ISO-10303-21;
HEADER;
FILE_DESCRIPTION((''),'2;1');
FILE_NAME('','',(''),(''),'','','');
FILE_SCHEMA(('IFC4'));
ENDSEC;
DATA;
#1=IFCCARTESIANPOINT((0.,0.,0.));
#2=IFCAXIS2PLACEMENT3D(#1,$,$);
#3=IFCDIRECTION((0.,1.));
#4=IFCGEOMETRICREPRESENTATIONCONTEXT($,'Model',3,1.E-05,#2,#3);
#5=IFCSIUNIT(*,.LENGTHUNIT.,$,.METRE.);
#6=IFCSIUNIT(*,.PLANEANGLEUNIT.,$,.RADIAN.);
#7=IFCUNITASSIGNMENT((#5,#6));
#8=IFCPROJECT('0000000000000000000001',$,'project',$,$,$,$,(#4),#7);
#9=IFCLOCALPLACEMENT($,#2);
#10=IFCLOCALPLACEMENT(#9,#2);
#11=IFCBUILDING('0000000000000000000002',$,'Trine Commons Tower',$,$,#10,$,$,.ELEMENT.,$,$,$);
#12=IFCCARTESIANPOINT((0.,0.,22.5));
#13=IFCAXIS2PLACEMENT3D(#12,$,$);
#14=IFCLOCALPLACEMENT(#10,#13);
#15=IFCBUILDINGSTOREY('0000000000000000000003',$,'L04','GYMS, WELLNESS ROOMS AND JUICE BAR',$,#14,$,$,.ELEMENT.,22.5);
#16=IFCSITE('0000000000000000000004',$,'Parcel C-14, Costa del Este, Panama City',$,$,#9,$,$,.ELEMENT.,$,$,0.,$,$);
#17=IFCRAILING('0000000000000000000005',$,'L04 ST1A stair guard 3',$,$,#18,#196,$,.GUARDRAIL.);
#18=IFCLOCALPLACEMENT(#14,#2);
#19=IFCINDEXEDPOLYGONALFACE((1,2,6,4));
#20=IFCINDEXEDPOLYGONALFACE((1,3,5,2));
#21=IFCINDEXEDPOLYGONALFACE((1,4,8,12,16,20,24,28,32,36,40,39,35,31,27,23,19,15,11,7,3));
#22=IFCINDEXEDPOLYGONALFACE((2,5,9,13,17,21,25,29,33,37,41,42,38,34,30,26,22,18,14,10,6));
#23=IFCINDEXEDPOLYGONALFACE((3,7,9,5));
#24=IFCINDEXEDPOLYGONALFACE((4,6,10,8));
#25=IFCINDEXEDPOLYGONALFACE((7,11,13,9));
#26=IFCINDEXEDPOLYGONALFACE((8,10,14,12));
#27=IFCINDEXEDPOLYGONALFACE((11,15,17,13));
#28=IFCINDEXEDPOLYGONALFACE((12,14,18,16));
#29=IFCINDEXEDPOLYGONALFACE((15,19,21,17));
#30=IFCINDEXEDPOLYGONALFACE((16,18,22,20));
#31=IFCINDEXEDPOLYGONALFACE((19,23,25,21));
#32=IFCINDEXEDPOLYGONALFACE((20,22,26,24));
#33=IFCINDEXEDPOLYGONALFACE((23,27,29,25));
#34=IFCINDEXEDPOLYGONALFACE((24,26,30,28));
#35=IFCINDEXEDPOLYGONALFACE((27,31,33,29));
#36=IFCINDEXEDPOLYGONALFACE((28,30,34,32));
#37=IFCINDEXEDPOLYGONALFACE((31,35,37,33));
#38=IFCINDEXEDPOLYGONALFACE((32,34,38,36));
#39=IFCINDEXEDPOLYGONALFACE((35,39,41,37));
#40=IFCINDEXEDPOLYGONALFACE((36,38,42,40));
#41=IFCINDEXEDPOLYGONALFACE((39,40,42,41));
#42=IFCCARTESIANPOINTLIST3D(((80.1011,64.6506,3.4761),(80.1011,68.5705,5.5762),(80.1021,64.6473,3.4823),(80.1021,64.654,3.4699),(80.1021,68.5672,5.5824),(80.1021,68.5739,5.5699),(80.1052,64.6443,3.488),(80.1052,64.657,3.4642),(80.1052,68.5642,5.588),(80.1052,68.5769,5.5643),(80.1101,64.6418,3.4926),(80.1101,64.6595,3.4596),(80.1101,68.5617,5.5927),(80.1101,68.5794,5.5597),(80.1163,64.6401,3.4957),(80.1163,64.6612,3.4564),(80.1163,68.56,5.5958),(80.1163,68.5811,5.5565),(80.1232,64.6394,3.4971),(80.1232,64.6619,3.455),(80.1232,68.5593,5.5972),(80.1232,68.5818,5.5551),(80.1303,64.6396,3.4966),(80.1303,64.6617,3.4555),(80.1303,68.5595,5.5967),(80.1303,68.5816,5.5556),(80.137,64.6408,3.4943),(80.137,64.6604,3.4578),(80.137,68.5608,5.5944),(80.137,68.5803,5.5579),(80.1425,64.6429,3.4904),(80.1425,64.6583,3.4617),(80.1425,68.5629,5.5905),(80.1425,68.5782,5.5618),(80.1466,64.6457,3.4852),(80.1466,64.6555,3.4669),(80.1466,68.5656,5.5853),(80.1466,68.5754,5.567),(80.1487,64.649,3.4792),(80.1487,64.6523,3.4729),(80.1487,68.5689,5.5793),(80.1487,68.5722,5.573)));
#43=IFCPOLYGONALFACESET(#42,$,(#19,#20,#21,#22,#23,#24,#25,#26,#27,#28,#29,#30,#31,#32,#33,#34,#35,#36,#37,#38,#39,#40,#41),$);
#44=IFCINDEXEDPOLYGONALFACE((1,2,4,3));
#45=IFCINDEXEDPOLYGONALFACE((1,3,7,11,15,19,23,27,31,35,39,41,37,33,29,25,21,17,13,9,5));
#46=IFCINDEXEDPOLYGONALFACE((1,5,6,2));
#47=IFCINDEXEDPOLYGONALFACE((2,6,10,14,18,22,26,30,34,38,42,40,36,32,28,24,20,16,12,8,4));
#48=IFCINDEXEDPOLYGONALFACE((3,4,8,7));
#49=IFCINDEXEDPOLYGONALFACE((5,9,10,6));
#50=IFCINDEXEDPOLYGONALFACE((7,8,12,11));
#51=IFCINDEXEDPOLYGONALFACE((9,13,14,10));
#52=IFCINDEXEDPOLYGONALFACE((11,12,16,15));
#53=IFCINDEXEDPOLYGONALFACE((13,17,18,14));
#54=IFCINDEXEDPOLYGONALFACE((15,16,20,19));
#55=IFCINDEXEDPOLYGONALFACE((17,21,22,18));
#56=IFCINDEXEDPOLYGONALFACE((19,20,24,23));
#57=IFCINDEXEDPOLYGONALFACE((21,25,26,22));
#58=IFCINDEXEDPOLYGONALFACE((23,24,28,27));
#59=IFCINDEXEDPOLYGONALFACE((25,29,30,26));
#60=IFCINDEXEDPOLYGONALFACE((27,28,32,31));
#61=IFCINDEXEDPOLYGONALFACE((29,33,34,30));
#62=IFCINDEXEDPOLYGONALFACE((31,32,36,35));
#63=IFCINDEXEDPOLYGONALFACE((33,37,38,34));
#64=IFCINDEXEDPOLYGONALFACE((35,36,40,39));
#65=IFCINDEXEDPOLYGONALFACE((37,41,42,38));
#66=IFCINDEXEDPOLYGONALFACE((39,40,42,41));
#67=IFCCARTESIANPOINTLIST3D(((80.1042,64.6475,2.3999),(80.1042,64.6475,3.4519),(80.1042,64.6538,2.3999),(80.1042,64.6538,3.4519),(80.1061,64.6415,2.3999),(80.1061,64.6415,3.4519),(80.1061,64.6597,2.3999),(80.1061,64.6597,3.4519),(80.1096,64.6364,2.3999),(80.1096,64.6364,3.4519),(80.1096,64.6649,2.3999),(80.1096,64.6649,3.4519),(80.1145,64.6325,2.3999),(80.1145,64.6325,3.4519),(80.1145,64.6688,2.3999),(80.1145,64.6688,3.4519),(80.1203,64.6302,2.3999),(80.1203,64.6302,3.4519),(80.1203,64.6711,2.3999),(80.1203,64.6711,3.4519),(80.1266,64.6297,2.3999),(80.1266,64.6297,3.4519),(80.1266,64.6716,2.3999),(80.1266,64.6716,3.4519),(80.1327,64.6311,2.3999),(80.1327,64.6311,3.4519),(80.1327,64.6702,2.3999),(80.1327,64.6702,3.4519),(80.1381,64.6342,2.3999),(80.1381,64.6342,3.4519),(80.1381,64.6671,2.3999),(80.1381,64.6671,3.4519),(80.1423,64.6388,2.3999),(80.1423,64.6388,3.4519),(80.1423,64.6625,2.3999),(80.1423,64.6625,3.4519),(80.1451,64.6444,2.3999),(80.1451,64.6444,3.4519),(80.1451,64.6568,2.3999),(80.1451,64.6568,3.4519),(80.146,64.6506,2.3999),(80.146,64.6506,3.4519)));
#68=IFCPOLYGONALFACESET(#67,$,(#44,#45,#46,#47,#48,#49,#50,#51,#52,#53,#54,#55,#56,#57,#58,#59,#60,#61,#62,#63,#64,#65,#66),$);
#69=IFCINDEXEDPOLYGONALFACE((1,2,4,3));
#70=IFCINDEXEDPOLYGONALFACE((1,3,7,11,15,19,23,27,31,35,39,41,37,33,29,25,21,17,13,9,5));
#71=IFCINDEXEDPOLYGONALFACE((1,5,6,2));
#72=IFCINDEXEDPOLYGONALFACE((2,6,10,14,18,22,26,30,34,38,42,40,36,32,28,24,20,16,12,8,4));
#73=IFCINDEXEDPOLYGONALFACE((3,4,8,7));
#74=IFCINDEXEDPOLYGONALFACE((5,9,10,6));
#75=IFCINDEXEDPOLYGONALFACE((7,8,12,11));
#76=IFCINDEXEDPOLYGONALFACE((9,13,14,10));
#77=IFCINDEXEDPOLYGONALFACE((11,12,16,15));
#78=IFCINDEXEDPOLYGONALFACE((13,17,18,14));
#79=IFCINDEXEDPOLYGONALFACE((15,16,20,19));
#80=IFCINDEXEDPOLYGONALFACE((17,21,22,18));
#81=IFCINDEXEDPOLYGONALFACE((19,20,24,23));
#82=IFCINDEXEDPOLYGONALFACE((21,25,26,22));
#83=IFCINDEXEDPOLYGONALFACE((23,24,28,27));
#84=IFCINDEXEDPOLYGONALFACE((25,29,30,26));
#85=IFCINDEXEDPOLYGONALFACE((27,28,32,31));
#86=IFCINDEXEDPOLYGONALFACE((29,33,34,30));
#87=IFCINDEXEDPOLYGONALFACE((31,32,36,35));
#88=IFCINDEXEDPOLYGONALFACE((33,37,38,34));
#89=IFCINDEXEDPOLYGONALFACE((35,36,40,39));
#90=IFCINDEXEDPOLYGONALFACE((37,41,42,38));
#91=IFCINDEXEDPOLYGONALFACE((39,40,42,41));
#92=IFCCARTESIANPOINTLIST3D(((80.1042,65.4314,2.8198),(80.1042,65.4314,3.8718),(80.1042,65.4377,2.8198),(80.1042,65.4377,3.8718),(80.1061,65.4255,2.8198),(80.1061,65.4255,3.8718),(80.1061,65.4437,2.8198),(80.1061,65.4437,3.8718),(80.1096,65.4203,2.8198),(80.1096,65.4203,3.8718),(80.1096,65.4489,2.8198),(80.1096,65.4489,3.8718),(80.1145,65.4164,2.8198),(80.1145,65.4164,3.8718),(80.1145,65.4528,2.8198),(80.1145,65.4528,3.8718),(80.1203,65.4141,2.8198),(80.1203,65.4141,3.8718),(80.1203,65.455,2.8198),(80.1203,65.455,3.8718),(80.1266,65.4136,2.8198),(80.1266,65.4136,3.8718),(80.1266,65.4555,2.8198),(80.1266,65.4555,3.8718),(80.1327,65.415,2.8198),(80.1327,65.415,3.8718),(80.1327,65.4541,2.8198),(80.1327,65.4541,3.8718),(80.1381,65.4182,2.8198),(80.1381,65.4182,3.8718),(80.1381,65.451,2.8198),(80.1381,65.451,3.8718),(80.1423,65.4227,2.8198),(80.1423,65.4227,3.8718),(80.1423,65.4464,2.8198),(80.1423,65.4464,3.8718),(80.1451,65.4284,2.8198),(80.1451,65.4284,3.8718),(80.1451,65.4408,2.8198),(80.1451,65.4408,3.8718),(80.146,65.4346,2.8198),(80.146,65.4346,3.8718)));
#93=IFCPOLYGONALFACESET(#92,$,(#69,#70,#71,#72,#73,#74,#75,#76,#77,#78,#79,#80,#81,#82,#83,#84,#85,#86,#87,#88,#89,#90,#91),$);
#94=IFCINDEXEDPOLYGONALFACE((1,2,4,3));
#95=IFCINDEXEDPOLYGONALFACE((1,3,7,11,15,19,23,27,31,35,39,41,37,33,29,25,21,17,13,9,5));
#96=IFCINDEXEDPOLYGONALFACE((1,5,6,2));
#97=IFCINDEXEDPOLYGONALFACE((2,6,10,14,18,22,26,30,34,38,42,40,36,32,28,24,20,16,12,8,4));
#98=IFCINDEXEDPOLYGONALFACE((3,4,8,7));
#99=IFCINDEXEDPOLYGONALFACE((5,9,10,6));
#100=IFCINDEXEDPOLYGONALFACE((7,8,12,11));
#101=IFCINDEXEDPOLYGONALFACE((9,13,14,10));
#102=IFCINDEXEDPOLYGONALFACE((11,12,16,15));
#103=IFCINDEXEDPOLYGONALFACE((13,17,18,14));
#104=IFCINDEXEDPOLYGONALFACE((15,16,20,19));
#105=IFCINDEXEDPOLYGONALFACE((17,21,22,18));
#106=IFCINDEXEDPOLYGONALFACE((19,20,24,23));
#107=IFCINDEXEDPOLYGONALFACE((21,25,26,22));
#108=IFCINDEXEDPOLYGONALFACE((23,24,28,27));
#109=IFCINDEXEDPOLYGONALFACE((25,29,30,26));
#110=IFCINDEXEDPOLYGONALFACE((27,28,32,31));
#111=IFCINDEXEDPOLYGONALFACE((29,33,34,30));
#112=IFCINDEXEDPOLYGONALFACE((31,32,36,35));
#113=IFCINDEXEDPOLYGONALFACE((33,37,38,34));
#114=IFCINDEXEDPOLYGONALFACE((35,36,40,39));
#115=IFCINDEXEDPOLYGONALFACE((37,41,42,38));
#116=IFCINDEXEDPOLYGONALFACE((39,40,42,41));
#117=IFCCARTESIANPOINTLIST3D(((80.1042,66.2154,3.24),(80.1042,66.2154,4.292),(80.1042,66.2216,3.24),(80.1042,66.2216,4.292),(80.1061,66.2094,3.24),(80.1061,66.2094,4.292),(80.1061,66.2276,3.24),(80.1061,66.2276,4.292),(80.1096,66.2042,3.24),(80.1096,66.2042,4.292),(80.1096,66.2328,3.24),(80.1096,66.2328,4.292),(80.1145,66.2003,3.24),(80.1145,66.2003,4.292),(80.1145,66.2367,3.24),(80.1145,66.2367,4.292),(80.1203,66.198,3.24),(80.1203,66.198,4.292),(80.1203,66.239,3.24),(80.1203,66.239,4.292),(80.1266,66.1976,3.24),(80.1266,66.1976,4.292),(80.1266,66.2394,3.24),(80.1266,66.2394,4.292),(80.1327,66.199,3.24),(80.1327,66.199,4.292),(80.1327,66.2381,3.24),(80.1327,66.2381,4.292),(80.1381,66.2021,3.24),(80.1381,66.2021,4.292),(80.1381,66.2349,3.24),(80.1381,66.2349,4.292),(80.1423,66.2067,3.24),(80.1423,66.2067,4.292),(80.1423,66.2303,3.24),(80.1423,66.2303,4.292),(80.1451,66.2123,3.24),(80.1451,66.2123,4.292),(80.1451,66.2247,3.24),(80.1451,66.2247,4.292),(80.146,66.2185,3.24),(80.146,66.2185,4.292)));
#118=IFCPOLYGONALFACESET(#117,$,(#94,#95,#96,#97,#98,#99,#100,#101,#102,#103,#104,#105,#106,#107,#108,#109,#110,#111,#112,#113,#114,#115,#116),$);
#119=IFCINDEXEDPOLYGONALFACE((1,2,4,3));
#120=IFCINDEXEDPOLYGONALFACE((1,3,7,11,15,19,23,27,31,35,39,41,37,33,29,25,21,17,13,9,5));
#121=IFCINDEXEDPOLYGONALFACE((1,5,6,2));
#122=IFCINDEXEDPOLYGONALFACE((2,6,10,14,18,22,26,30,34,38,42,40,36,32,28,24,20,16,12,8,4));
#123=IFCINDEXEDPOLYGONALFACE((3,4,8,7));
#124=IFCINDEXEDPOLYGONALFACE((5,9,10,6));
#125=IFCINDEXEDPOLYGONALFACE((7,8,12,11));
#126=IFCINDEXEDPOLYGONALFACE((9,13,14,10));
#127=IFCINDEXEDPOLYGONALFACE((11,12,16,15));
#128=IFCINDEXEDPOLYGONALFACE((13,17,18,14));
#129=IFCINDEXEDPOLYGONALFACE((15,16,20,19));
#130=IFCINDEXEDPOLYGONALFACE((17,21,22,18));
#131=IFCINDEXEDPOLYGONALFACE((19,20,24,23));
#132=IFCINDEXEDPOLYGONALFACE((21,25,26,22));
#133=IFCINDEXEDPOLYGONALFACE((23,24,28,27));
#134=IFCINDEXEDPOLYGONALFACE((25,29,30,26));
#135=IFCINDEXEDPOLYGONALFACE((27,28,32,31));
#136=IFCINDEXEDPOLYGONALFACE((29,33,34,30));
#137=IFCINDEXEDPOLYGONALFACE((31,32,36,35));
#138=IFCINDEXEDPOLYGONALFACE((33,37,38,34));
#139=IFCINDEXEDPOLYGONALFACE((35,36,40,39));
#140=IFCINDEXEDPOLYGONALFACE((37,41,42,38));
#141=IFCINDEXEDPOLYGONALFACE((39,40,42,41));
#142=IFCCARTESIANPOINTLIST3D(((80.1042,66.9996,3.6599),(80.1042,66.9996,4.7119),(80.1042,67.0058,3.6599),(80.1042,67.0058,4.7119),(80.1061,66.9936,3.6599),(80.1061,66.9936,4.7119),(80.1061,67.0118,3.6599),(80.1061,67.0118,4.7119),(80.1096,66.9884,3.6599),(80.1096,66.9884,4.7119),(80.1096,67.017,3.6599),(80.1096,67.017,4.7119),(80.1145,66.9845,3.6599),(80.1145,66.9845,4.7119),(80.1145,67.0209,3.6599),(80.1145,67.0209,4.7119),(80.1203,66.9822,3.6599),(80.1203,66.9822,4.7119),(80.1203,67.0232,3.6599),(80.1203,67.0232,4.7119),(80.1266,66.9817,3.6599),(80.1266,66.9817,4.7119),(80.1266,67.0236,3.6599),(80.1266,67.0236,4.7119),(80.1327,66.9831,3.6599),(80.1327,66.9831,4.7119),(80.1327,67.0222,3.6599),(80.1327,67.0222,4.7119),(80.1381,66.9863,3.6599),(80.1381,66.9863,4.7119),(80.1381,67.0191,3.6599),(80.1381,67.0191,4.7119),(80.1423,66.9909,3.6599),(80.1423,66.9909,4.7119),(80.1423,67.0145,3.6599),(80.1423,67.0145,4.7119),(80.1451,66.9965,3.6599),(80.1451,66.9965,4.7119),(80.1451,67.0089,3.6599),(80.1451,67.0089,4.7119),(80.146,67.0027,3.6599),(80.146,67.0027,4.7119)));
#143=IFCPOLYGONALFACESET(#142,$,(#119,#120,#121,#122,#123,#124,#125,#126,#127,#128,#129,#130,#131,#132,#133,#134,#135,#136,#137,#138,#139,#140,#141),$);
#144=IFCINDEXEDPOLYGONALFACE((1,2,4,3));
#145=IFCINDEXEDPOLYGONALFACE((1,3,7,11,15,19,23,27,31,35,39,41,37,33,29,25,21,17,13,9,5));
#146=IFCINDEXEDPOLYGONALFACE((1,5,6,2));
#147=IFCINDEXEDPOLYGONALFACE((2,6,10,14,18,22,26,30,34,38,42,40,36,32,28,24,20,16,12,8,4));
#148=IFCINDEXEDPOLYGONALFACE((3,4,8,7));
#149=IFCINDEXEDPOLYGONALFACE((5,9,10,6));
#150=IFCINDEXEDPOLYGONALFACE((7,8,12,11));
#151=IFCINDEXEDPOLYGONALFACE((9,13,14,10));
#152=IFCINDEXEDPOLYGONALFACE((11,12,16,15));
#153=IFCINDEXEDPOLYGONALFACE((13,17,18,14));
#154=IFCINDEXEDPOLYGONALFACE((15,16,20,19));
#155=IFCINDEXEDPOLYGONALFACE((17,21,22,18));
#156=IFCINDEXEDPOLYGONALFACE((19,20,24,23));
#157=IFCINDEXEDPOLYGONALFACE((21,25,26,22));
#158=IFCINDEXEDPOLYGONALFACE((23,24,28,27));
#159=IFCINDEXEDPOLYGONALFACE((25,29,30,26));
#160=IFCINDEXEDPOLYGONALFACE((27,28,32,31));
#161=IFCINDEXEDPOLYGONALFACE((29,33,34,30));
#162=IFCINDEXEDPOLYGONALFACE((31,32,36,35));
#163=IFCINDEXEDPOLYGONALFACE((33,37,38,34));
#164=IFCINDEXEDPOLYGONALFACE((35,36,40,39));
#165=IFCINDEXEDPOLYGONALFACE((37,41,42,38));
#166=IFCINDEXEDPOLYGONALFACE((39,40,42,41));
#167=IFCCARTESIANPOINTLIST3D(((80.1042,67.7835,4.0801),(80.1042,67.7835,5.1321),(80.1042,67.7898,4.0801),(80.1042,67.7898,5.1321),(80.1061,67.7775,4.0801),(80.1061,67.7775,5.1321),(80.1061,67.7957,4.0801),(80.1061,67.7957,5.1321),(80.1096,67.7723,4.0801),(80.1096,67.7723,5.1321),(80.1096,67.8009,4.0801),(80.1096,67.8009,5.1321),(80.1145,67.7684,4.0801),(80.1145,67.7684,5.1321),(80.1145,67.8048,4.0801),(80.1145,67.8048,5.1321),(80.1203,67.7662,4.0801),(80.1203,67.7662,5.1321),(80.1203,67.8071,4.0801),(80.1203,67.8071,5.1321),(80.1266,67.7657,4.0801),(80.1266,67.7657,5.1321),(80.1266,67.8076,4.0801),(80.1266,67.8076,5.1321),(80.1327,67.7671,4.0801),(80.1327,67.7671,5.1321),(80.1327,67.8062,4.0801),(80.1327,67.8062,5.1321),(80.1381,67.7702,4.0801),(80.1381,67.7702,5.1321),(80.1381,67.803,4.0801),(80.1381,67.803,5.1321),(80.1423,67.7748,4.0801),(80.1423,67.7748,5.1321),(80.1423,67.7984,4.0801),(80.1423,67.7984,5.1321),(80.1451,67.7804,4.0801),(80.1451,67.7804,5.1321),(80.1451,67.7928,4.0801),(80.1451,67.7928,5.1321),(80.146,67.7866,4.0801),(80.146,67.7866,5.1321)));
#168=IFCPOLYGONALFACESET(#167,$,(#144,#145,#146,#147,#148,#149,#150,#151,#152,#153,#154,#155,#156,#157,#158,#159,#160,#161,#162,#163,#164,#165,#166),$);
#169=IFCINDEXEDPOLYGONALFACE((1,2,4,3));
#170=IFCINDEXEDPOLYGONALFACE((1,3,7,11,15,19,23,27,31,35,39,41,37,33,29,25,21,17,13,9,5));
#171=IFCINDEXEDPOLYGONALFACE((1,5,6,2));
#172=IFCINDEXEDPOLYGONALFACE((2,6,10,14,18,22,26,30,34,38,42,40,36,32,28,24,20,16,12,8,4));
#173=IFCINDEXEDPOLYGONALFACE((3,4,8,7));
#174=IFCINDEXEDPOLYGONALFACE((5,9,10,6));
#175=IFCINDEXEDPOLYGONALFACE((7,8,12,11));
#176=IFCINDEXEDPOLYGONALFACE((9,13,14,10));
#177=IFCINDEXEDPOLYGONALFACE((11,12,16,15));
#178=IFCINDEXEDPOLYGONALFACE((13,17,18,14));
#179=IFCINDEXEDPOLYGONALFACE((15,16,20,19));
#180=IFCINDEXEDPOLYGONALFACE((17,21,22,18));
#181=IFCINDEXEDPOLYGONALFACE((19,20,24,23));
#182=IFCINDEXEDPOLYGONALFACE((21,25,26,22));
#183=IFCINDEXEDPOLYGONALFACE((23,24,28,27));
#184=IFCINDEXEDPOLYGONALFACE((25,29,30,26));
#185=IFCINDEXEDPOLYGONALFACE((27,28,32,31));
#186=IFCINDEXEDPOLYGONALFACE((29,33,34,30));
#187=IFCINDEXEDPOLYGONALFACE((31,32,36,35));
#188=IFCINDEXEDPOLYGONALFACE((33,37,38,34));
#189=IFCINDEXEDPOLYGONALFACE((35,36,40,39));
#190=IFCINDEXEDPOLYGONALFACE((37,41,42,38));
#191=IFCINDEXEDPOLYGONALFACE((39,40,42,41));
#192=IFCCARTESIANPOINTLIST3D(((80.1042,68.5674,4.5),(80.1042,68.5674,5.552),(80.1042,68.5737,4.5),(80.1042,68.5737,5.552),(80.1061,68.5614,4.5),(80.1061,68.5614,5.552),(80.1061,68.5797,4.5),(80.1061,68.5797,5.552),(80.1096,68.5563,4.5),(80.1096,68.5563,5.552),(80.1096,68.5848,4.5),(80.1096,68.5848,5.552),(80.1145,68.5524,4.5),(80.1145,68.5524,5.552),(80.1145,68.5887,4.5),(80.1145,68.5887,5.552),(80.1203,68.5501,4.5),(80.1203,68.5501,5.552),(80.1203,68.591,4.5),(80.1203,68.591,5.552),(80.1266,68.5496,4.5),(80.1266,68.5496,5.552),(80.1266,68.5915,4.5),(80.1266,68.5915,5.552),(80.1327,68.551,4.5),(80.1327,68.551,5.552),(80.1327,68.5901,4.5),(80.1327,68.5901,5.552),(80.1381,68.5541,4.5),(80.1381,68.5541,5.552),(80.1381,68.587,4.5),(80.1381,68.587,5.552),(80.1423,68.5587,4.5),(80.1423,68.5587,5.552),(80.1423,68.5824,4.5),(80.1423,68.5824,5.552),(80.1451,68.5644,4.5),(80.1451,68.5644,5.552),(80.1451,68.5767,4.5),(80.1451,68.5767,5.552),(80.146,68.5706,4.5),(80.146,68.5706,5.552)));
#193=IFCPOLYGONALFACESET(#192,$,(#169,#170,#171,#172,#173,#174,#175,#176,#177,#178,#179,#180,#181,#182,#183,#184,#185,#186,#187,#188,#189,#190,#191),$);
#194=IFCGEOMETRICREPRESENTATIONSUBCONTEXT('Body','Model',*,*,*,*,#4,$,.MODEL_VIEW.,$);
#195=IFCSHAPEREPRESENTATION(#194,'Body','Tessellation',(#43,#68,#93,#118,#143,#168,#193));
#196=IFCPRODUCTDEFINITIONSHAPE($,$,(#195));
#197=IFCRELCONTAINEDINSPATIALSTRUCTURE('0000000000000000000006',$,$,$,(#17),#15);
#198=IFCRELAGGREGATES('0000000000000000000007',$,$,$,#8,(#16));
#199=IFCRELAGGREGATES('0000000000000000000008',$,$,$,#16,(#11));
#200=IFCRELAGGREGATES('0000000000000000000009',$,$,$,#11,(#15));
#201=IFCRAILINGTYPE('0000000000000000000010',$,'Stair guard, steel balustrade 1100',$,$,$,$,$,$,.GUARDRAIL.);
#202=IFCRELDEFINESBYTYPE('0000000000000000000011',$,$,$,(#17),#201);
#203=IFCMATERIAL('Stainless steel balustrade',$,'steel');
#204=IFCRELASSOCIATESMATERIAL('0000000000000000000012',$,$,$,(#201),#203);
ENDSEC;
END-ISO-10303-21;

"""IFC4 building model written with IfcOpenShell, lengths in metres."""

from ifc_helpers import new_model, si_unit, direction, frame, origin, origin_2d, place, context, subcontext, project, spatial, circle, extrude, material, type_object, element, save


model = new_model("IFC4")

# Units and contexts
model_context = context("Model", 3, precision=1e-05, world=origin(), true_north=direction((0.0, 1.0)))
body_context = subcontext(model_context, "Body", "Model", "MODEL_VIEW")
ifc_project = project(units=[si_unit("LENGTHUNIT", "METRE"), si_unit("PLANEANGLEUNIT", "RADIAN")], contexts=[model_context])

# Site, building, storey
site_placement = place(None, origin())
site = spatial("IfcSite", under=ifc_project, at=site_placement, Name="Parcel C-14, Costa del Este, Panama City", CompositionType="ELEMENT", RefElevation=0.0)
building_placement = place(site_placement, origin())
building = spatial("IfcBuilding", under=site, at=building_placement, Name="Trine Commons Tower", CompositionType="ELEMENT")
storey_placement = place(building_placement, frame((0.0, 0.0, 22.5)))
storey = spatial("IfcBuildingStorey", under=building, at=storey_placement, Name="L04", Description="GYMS, WELLNESS ROOMS AND JUICE BAR", CompositionType="ELEMENT", Elevation=22.5)

# Railing
ifc_material_1 = material(Name="Stainless steel balustrade", Category="steel")
railing_type_1 = type_object("IfcRailingType", Name="Stair guard, steel balustrade 1100", PredefinedType="GUARDRAIL", material=ifc_material_1)
railing_1_placement = place(storey_placement, frame((80.125, 64.6506, 2.3999)))
element("IfcRailing", 1, at=railing_1_placement, inside=storey, type_object=railing_type_1, Name="L04 ST1A stair guard 3", PredefinedType="GUARDRAIL", context=body_context, shape_type="SweptSolid", body=[
    extrude(circle(Radius=0.0239, at=origin_2d()), frame((0.0, 0.0, 1.0762), z_axis=(0.0, 0.881467, 0.472246), x_axis=(-1.0, 0.0, 0.0)), (0.0, 0.0, 1.0), 4.447),
    extrude(circle(Radius=0.021, at=origin_2d()), origin(), (0.0, 0.0, 1.0), 1.052),
    extrude(circle(Radius=0.021, at=origin_2d()), frame((0.0, 0.7839, 0.4199)), (0.0, 0.0, 1.0), 1.052),
    extrude(circle(Radius=0.021, at=origin_2d()), frame((0.0, 1.5679, 0.8401)), (0.0, 0.0, 1.0), 1.052),
    extrude(circle(Radius=0.021, at=origin_2d()), frame((0.0, 2.3521, 1.26)), (0.0, 0.0, 1.0), 1.052),
    extrude(circle(Radius=0.021, at=origin_2d()), frame((0.0, 3.136, 1.6802)), (0.0, 0.0, 1.0), 1.052),
    extrude(circle(Radius=0.021, at=origin_2d()), frame((0.0, 3.9199, 2.1001)), (0.0, 0.0, 1.0), 1.052),
])

save(model, "model.ifc")
